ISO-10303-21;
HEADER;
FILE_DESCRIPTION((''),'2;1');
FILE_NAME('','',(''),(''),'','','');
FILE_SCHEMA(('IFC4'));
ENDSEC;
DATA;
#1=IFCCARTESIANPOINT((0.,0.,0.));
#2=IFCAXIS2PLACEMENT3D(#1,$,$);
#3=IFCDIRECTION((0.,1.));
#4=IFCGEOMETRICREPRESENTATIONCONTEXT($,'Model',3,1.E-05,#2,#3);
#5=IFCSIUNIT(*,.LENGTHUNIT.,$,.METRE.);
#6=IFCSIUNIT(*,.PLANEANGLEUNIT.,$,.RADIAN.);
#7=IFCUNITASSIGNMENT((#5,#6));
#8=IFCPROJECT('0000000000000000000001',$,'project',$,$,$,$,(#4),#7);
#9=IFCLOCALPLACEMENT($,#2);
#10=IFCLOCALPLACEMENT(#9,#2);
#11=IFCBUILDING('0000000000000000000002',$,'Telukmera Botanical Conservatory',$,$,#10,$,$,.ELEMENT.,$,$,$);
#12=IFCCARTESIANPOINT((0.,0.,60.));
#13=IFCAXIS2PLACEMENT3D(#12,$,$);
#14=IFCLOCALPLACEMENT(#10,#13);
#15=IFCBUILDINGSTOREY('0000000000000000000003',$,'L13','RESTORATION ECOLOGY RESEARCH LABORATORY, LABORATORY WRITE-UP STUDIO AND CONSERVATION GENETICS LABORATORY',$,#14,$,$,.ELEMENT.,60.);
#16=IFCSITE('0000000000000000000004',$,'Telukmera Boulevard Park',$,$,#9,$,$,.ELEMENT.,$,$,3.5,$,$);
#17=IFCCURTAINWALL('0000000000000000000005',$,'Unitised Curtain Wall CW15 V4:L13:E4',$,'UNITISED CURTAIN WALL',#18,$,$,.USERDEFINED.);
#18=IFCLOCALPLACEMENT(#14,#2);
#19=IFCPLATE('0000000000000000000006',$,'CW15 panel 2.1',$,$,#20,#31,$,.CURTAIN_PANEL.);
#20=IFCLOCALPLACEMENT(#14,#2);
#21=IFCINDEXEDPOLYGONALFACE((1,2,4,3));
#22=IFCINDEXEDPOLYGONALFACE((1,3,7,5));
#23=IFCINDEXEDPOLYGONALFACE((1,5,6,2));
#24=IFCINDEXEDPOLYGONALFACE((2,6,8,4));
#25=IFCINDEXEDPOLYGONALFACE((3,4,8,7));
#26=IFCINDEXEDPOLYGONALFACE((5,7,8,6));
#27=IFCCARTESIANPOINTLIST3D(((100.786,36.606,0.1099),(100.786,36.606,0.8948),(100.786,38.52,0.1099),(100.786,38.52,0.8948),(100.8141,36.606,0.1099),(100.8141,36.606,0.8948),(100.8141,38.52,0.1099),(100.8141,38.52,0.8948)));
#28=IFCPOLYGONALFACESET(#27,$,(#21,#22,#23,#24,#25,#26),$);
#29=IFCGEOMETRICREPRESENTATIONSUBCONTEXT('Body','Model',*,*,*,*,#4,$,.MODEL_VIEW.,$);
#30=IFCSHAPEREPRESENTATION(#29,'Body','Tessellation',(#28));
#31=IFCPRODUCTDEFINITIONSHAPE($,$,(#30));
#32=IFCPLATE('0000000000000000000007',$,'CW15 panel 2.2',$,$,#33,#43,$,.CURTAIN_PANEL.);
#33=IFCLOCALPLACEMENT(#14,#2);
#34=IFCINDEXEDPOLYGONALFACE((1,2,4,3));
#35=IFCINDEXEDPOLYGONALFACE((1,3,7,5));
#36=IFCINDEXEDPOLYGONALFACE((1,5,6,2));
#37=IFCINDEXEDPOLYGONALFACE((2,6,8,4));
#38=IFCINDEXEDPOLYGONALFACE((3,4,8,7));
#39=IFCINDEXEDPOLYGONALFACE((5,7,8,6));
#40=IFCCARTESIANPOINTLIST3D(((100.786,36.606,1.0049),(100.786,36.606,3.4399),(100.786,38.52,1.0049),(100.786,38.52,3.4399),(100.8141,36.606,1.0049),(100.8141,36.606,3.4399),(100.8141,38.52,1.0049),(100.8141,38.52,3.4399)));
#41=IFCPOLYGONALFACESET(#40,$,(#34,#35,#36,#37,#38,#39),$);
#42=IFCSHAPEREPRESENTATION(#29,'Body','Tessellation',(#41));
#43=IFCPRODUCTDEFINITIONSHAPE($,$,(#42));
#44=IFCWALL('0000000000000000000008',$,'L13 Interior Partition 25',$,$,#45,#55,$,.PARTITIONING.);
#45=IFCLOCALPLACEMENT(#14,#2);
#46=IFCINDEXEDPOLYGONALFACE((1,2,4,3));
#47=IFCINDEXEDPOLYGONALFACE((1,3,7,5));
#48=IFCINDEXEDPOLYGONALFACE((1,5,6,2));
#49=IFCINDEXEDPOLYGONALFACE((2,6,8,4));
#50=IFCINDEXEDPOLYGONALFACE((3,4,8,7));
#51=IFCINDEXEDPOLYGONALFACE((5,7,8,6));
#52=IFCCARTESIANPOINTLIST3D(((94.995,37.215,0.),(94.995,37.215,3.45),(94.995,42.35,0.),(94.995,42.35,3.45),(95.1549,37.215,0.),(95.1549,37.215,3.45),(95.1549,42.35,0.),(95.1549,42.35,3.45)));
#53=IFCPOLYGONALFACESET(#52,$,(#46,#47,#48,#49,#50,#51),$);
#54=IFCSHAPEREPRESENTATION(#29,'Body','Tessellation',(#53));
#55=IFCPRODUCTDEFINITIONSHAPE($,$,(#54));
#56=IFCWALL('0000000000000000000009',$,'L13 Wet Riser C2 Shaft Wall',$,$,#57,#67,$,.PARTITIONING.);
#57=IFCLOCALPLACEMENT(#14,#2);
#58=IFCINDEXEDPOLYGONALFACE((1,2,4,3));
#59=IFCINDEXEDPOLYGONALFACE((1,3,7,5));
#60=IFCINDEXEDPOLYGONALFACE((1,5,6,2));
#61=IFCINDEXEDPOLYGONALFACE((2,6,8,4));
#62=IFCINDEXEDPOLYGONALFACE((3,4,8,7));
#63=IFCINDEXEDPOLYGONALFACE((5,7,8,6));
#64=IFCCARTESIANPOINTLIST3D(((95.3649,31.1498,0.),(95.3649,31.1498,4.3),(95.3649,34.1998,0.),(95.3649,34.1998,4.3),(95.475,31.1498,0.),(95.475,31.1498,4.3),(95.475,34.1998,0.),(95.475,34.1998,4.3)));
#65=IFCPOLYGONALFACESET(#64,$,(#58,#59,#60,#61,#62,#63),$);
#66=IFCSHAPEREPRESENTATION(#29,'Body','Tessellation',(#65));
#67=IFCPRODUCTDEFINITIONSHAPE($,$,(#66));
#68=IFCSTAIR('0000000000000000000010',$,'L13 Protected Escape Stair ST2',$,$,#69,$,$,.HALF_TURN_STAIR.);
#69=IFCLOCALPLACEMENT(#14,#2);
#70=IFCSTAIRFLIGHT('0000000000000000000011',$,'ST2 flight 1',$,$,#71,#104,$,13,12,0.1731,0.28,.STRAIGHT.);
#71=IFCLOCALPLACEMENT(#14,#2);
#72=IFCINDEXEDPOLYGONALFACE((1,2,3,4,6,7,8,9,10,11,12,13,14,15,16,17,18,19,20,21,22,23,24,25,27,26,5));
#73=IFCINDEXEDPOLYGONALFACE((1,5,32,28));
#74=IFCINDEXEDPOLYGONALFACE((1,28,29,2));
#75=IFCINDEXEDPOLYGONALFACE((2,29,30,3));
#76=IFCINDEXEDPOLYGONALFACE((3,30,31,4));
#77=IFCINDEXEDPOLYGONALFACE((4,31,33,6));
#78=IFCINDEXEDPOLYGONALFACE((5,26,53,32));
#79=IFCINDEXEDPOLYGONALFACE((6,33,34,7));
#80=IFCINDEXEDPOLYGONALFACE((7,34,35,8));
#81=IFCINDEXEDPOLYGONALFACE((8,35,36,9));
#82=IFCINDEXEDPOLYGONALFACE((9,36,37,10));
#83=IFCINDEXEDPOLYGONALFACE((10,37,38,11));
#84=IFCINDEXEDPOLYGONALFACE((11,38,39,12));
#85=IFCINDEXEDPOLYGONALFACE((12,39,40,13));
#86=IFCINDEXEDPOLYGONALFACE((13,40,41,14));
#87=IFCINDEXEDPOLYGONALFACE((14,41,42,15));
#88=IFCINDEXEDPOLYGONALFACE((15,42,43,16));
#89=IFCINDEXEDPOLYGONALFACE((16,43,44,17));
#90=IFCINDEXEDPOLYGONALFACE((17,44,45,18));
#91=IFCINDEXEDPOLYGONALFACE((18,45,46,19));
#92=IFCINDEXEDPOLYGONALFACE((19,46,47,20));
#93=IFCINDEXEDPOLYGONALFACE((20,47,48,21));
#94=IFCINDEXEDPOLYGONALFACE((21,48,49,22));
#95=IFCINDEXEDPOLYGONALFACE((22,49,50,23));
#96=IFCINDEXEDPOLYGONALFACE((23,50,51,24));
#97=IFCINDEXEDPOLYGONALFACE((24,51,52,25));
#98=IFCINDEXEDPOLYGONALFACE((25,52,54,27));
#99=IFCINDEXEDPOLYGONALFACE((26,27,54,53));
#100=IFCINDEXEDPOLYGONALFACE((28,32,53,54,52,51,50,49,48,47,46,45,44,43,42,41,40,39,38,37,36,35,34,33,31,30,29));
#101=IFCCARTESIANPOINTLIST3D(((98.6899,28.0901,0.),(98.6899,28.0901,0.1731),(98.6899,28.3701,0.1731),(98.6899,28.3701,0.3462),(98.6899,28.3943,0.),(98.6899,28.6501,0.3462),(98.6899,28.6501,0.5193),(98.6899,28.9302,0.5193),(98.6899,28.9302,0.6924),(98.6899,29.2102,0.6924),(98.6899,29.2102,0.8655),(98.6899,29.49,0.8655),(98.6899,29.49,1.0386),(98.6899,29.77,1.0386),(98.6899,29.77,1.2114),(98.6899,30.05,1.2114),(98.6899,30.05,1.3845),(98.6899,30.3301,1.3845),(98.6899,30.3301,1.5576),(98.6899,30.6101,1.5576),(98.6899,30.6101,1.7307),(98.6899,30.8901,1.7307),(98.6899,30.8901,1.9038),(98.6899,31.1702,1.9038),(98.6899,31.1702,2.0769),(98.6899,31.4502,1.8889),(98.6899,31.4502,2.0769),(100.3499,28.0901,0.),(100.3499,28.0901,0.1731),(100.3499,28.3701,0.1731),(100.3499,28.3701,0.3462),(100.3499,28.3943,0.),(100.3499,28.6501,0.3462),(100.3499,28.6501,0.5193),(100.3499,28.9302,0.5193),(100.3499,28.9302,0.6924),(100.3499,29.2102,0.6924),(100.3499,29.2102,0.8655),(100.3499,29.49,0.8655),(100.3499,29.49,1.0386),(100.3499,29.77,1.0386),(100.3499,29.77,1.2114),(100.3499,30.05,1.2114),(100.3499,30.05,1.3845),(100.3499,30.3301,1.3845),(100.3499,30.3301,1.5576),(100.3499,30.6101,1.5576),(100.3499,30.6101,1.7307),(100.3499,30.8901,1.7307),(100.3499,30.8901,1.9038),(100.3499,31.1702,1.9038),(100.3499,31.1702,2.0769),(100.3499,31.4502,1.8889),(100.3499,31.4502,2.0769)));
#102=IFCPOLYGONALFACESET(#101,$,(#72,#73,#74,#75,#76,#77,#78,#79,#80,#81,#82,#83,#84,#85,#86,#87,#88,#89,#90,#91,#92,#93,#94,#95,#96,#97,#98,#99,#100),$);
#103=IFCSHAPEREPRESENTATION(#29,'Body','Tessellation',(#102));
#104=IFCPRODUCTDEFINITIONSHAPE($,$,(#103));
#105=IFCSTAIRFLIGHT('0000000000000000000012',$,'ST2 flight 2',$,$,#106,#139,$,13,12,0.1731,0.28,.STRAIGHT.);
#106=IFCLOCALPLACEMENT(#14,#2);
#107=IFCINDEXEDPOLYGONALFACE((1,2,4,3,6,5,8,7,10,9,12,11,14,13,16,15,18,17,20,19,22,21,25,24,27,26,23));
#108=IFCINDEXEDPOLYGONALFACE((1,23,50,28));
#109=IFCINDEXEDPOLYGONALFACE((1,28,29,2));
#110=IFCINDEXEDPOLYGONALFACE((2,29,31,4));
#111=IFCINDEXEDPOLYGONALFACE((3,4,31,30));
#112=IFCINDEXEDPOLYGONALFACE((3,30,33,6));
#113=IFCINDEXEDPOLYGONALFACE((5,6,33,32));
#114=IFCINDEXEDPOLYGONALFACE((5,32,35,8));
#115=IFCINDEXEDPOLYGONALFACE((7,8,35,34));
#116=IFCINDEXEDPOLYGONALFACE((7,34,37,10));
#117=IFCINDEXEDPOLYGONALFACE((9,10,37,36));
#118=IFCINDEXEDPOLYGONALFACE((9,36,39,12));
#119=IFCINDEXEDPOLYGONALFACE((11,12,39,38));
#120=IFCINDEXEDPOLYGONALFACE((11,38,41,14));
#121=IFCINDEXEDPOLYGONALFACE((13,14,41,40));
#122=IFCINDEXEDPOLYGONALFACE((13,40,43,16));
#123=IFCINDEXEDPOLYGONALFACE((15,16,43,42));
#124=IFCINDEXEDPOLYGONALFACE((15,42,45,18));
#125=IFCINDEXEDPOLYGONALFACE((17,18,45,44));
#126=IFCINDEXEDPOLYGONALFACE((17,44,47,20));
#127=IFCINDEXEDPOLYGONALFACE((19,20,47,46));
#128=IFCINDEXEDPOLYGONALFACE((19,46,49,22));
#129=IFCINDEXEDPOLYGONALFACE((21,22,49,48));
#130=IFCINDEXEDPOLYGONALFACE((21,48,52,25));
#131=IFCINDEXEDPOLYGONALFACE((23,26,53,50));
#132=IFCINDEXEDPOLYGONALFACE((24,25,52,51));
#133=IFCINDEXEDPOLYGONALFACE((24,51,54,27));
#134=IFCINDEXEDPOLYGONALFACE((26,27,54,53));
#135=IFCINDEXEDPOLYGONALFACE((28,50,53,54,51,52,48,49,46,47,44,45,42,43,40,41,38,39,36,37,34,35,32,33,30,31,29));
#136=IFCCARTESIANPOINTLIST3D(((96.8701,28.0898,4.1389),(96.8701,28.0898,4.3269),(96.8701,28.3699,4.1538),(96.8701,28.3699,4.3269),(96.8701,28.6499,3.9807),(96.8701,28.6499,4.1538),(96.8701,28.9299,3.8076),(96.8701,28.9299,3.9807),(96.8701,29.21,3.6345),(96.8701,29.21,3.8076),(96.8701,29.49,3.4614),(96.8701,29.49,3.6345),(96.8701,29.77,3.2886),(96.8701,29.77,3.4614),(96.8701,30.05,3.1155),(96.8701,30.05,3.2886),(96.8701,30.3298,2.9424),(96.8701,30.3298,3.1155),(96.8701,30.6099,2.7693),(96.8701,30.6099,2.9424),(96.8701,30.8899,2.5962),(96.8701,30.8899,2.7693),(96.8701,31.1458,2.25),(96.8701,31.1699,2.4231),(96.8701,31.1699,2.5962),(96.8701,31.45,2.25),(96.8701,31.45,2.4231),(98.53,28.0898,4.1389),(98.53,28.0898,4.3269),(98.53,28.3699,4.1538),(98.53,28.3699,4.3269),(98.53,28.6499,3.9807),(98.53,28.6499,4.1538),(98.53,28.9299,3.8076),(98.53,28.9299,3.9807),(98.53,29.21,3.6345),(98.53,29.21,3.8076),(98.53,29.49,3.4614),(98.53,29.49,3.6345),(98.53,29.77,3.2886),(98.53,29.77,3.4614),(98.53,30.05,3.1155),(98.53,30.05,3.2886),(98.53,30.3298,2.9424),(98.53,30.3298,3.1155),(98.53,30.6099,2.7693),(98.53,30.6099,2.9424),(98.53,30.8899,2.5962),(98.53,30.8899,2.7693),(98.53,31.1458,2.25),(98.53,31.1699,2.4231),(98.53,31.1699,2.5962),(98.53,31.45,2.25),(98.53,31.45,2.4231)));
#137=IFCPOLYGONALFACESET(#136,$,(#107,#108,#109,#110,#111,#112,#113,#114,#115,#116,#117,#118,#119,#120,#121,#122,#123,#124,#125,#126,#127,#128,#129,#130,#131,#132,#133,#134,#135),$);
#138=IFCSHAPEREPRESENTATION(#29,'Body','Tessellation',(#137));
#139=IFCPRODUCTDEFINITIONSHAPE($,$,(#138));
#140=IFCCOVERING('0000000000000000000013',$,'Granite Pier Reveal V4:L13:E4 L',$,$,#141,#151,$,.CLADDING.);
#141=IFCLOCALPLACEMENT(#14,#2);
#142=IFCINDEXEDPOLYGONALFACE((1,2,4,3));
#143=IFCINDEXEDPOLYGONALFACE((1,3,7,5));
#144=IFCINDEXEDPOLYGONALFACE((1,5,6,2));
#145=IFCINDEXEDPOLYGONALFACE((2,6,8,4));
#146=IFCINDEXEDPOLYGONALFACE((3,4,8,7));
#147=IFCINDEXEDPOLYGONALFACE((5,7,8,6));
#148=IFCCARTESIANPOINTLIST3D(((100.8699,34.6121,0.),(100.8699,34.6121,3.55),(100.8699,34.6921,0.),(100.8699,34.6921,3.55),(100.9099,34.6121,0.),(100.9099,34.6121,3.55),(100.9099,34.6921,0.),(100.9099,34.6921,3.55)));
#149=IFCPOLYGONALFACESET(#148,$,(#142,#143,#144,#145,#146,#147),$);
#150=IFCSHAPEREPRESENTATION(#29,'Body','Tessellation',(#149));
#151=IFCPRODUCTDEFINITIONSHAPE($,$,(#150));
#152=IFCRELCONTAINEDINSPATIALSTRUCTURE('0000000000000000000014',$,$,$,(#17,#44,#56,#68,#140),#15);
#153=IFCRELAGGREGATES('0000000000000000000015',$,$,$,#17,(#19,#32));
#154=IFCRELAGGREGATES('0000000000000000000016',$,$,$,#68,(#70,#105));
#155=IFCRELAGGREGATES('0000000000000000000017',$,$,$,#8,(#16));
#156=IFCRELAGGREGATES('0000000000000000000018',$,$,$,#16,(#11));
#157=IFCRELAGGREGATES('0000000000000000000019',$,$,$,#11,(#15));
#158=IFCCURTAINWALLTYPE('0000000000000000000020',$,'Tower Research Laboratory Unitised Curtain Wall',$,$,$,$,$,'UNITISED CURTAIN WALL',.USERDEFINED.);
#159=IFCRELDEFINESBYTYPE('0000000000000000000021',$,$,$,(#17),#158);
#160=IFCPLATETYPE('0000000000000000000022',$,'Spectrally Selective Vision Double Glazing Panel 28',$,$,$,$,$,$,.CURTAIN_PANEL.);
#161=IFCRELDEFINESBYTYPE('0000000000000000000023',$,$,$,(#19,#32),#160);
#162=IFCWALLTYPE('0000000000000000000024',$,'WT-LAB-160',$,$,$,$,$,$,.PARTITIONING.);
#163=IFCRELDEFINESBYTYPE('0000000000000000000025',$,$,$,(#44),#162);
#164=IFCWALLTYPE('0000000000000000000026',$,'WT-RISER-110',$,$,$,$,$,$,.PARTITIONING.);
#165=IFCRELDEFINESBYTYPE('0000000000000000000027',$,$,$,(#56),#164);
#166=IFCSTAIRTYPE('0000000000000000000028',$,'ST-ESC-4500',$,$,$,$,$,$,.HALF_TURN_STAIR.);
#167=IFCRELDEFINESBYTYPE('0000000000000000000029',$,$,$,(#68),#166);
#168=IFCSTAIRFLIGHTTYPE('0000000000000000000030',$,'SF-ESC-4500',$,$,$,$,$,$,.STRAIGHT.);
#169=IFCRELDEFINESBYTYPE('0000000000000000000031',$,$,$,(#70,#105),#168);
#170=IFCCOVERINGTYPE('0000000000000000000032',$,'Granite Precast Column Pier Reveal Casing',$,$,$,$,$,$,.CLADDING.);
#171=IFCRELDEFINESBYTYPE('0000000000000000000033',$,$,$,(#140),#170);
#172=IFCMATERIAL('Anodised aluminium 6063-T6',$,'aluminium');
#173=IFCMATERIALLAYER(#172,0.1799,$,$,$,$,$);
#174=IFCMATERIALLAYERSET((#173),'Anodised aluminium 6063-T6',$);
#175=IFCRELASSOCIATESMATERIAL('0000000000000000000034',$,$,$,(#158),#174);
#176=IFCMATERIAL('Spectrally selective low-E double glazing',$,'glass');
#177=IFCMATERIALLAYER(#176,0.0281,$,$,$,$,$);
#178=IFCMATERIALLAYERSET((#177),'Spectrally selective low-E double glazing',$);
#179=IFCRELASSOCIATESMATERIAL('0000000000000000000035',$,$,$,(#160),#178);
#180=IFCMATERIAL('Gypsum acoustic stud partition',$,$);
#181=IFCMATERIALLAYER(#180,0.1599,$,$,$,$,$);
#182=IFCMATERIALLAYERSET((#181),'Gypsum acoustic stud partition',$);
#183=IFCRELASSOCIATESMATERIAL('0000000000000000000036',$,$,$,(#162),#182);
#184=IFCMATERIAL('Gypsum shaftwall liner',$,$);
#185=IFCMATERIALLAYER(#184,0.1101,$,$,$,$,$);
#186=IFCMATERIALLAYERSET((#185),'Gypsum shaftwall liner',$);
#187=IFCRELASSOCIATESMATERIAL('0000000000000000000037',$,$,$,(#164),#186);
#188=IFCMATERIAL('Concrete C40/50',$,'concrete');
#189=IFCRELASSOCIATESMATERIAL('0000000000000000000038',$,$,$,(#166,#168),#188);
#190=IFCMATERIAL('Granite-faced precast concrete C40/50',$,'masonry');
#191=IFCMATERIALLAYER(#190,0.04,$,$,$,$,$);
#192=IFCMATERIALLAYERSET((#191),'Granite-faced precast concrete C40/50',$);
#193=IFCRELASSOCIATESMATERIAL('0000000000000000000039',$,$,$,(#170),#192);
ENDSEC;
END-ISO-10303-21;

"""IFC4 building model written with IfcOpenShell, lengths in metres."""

from ifc_helpers import new_model, si_unit, direction, frame, frame_2d, origin, origin_2d, place, context, subcontext, project, spatial, polyline, rectangle, outline, extrude, material, layer, layer_set, type_object, element, aggregate, save


model = new_model("IFC4")

# Units and contexts
model_context = context("Model", 3, precision=1e-05, world=origin(), true_north=direction((0.0, 1.0)))
body_context = subcontext(model_context, "Body", "Model", "MODEL_VIEW")
ifc_project = project(units=[si_unit("LENGTHUNIT", "METRE"), si_unit("PLANEANGLEUNIT", "RADIAN")], contexts=[model_context])

# Site, building, storey
site_placement = place(None, origin())
site = spatial("IfcSite", under=ifc_project, at=site_placement, Name="Telukmera Boulevard Park", CompositionType="ELEMENT", RefElevation=3.5)
building_placement = place(site_placement, origin())
building = spatial("IfcBuilding", under=site, at=building_placement, Name="Telukmera Botanical Conservatory", CompositionType="ELEMENT")
storey_placement = place(building_placement, frame((0.0, 0.0, 60.0)))
storey = spatial("IfcBuildingStorey", under=building, at=storey_placement, Name="L13", Description="RESTORATION ECOLOGY RESEARCH LABORATORY, LABORATORY WRITE-UP STUDIO AND CONSERVATION GENETICS LABORATORY", CompositionType="ELEMENT", Elevation=60.0)

# Shared definitions
ifc_material_1 = material(Name="Concrete C40/50", Category="concrete")

# Curtain wall, plates
ifc_material_2 = material(Name="Anodised aluminium 6063-T6", Category="aluminium")
ifc_layer_1 = layer(ifc_material_2, 0.1799)
ifc_layer_set_1 = layer_set([ifc_layer_1], Name="Anodised aluminium 6063-T6")
curtain_wall_type = type_object("IfcCurtainWallType", Name="Tower Research Laboratory Unitised Curtain Wall", ElementType="UNITISED CURTAIN WALL", PredefinedType="USERDEFINED", material=ifc_layer_set_1)
curtain_wall_placement = place(storey_placement, origin())
curtain_wall = element("IfcCurtainWall", 1, at=curtain_wall_placement, inside=storey, type_object=curtain_wall_type, Name="Unitised Curtain Wall CW15 V4:L13:E4", ObjectType="UNITISED CURTAIN WALL", PredefinedType="USERDEFINED")
ifc_material_3 = material(Name="Spectrally selective low-E double glazing", Category="glass")
ifc_layer_2 = layer(ifc_material_3, 0.0281)
ifc_layer_set_2 = layer_set([ifc_layer_2], Name="Spectrally selective low-E double glazing")
plate_type = type_object("IfcPlateType", Name="Spectrally Selective Vision Double Glazing Panel 28", PredefinedType="CURTAIN_PANEL", material=ifc_layer_set_2)
plate_1_placement = place(storey_placement, frame((100.8, 37.563, 0.1099), z_axis=(0.0, 0.0, 1.0), x_axis=(0.0, 1.0, 0.0)))
plate_1 = element("IfcPlate", 2, at=plate_1_placement, type_object=plate_type, Name="CW15 panel 2.1", PredefinedType="CURTAIN_PANEL", context=body_context, shape_type="SweptSolid", body=[
    extrude(rectangle(XDim=1.9141, YDim=0.0281, at=origin_2d()), origin(), (0.0, 0.0, 1.0), 0.7849),
])
plate_2_placement = place(storey_placement, frame((100.8, 37.563, 1.0049), z_axis=(0.0, 0.0, 1.0), x_axis=(0.0, 1.0, 0.0)))
plate_2 = element("IfcPlate", 3, at=plate_2_placement, type_object=plate_type, Name="CW15 panel 2.2", PredefinedType="CURTAIN_PANEL", context=body_context, shape_type="SweptSolid", body=[
    extrude(rectangle(XDim=1.9141, YDim=0.0281, at=origin_2d()), origin(), (0.0, 0.0, 1.0), 2.4351),
])
aggregate(curtain_wall, [plate_1, plate_2])

# Walls
ifc_material_4 = material(Name="Gypsum acoustic stud partition")
ifc_layer_3 = layer(ifc_material_4, 0.1599)
ifc_layer_set_3 = layer_set([ifc_layer_3], Name="Gypsum acoustic stud partition")
wall_type_1 = type_object("IfcWallType", Name="WT-LAB-160", PredefinedType="PARTITIONING", material=ifc_layer_set_3)
wall_1_placement = place(storey_placement, frame((95.075, 37.2151, 0.0), z_axis=(0.0, 0.0, 1.0), x_axis=(0.0, 1.0, 0.0)))
element("IfcWall", 4, at=wall_1_placement, inside=storey, type_object=wall_type_1, Name="L13 Interior Partition 25", PredefinedType="PARTITIONING", context=body_context, shape_type="SweptSolid", body=[
    extrude(rectangle(XDim=5.135, YDim=0.1599, at=frame_2d((2.5674, 0.0))), origin(), (0.0, 0.0, 1.0), 3.45),
])
ifc_material_5 = material(Name="Gypsum shaftwall liner")
ifc_layer_4 = layer(ifc_material_5, 0.1101)
ifc_layer_set_4 = layer_set([ifc_layer_4], Name="Gypsum shaftwall liner")
wall_type_2 = type_object("IfcWallType", Name="WT-RISER-110", PredefinedType="PARTITIONING", material=ifc_layer_set_4)
wall_2_placement = place(storey_placement, frame((95.4199, 31.1499, 0.0), z_axis=(0.0, 0.0, 1.0), x_axis=(0.0, 1.0, 0.0)))
element("IfcWall", 5, at=wall_2_placement, inside=storey, type_object=wall_type_2, Name="L13 Wet Riser C2 Shaft Wall", PredefinedType="PARTITIONING", context=body_context, shape_type="SweptSolid", body=[
    extrude(rectangle(XDim=3.05, YDim=0.1101, at=frame_2d((1.5249, 0.0))), origin(), (0.0, 0.0, 1.0), 4.3),
])

# Stair, stair flights
stair_type = type_object("IfcStairType", Name="ST-ESC-4500", PredefinedType="HALF_TURN_STAIR", material=ifc_material_1)
stair_placement = place(storey_placement, origin())
stair = element("IfcStair", 6, at=stair_placement, inside=storey, type_object=stair_type, Name="L13 Protected Escape Stair ST2", PredefinedType="HALF_TURN_STAIR")
stair_flight_type = type_object("IfcStairFlightType", Name="SF-ESC-4500", PredefinedType="STRAIGHT", material=ifc_material_1)
stair_flight_1_placement = place(storey_placement, frame((99.52, 28.0901, 0.0), z_axis=(0.0, 0.0, 1.0), x_axis=(0.0, 1.0, 0.0)))
stair_flight_1 = element("IfcStairFlight", 7, at=stair_flight_1_placement, type_object=stair_flight_type, Name="ST2 flight 1", NumberOfRisers=13, NumberOfTreads=12, PredefinedType="STRAIGHT", RiserHeight=0.1731, TreadLength=0.28, context=body_context, shape_type="SweptSolid", body=[
    extrude(outline(polyline([(0.0, 0.0), (0.0, 0.1731), (0.28, 0.1731), (0.28, 0.3462), (0.5601, 0.3462), (0.5601, 0.5193), (0.8401, 0.5193), (0.8401, 0.6924), (1.1201, 0.6924), (1.1201, 0.8655), (1.3999, 0.8655), (1.3999, 1.0386), (1.6799, 1.0386), (1.6799, 1.2114), (1.96, 1.2114), (1.96, 1.3845), (2.24, 1.3845), (2.24, 1.5576), (2.52, 1.5576), (2.52, 1.7307), (2.8, 1.7307), (2.8, 1.9038), (3.0801, 1.9038), (3.0801, 2.0769), (3.3601, 2.0769), (3.3601, 2.25), (3.3601, 1.8889), (0.3042, 0.0), (0.0, 0.0)])), frame((0.0, 0.8301, 0.0), z_axis=(0.0, -1.0, 0.0), x_axis=(1.0, 0.0, 0.0)), (0.0, 0.0, 1.0), 1.6599),
])
stair_flight_2_placement = place(storey_placement, frame((97.7, 31.45, 2.25), z_axis=(0.0, 0.0, 1.0), x_axis=(0.0, -1.0, 0.0)))
stair_flight_2 = element("IfcStairFlight", 8, at=stair_flight_2_placement, type_object=stair_flight_type, Name="ST2 flight 2", NumberOfRisers=13, NumberOfTreads=12, PredefinedType="STRAIGHT", RiserHeight=0.1731, TreadLength=0.28, context=body_context, shape_type="SweptSolid", body=[
    extrude(outline(polyline([(0.0, 0.0), (0.0, 0.1731), (0.28, 0.1731), (0.28, 0.3462), (0.5601, 0.3462), (0.5601, 0.5193), (0.8401, 0.5193), (0.8401, 0.6924), (1.1201, 0.6924), (1.1201, 0.8655), (1.3999, 0.8655), (1.3999, 1.0386), (1.6799, 1.0386), (1.6799, 1.2114), (1.96, 1.2114), (1.96, 1.3845), (2.24, 1.3845), (2.24, 1.5576), (2.52, 1.5576), (2.52, 1.7307), (2.8, 1.7307), (2.8, 1.9038), (3.0801, 1.9038), (3.0801, 2.0769), (3.3601, 2.0769), (3.3601, 2.25), (3.3601, 1.8889), (0.3042, 0.0), (0.0, 0.0)])), frame((0.0, 0.8301, 0.0), z_axis=(0.0, -1.0, 0.0), x_axis=(1.0, 0.0, 0.0)), (0.0, 0.0, 1.0), 1.6599),
])
aggregate(stair, [stair_flight_1, stair_flight_2])

# Covering
ifc_material_6 = material(Name="Granite-faced precast concrete C40/50", Category="masonry")
ifc_layer_5 = layer(ifc_material_6, 0.04)
ifc_layer_set_5 = layer_set([ifc_layer_5], Name="Granite-faced precast concrete C40/50")
covering_type_1 = type_object("IfcCoveringType", Name="Granite Precast Column Pier Reveal Casing", PredefinedType="CLADDING", material=ifc_layer_set_5)
covering_1_placement = place(storey_placement, frame((100.8899, 34.6521, 0.0), z_axis=(0.0, 0.0, 1.0), x_axis=(0.0, 1.0, 0.0)))
element("IfcCovering", 9, at=covering_1_placement, inside=storey, type_object=covering_type_1, Name="Granite Pier Reveal V4:L13:E4 L", PredefinedType="CLADDING", context=body_context, shape_type="SweptSolid", body=[
    extrude(rectangle(XDim=0.0801, YDim=0.04, at=origin_2d()), origin(), (0.0, 0.0, 1.0), 3.55),
])

save(model, "model.ifc")
